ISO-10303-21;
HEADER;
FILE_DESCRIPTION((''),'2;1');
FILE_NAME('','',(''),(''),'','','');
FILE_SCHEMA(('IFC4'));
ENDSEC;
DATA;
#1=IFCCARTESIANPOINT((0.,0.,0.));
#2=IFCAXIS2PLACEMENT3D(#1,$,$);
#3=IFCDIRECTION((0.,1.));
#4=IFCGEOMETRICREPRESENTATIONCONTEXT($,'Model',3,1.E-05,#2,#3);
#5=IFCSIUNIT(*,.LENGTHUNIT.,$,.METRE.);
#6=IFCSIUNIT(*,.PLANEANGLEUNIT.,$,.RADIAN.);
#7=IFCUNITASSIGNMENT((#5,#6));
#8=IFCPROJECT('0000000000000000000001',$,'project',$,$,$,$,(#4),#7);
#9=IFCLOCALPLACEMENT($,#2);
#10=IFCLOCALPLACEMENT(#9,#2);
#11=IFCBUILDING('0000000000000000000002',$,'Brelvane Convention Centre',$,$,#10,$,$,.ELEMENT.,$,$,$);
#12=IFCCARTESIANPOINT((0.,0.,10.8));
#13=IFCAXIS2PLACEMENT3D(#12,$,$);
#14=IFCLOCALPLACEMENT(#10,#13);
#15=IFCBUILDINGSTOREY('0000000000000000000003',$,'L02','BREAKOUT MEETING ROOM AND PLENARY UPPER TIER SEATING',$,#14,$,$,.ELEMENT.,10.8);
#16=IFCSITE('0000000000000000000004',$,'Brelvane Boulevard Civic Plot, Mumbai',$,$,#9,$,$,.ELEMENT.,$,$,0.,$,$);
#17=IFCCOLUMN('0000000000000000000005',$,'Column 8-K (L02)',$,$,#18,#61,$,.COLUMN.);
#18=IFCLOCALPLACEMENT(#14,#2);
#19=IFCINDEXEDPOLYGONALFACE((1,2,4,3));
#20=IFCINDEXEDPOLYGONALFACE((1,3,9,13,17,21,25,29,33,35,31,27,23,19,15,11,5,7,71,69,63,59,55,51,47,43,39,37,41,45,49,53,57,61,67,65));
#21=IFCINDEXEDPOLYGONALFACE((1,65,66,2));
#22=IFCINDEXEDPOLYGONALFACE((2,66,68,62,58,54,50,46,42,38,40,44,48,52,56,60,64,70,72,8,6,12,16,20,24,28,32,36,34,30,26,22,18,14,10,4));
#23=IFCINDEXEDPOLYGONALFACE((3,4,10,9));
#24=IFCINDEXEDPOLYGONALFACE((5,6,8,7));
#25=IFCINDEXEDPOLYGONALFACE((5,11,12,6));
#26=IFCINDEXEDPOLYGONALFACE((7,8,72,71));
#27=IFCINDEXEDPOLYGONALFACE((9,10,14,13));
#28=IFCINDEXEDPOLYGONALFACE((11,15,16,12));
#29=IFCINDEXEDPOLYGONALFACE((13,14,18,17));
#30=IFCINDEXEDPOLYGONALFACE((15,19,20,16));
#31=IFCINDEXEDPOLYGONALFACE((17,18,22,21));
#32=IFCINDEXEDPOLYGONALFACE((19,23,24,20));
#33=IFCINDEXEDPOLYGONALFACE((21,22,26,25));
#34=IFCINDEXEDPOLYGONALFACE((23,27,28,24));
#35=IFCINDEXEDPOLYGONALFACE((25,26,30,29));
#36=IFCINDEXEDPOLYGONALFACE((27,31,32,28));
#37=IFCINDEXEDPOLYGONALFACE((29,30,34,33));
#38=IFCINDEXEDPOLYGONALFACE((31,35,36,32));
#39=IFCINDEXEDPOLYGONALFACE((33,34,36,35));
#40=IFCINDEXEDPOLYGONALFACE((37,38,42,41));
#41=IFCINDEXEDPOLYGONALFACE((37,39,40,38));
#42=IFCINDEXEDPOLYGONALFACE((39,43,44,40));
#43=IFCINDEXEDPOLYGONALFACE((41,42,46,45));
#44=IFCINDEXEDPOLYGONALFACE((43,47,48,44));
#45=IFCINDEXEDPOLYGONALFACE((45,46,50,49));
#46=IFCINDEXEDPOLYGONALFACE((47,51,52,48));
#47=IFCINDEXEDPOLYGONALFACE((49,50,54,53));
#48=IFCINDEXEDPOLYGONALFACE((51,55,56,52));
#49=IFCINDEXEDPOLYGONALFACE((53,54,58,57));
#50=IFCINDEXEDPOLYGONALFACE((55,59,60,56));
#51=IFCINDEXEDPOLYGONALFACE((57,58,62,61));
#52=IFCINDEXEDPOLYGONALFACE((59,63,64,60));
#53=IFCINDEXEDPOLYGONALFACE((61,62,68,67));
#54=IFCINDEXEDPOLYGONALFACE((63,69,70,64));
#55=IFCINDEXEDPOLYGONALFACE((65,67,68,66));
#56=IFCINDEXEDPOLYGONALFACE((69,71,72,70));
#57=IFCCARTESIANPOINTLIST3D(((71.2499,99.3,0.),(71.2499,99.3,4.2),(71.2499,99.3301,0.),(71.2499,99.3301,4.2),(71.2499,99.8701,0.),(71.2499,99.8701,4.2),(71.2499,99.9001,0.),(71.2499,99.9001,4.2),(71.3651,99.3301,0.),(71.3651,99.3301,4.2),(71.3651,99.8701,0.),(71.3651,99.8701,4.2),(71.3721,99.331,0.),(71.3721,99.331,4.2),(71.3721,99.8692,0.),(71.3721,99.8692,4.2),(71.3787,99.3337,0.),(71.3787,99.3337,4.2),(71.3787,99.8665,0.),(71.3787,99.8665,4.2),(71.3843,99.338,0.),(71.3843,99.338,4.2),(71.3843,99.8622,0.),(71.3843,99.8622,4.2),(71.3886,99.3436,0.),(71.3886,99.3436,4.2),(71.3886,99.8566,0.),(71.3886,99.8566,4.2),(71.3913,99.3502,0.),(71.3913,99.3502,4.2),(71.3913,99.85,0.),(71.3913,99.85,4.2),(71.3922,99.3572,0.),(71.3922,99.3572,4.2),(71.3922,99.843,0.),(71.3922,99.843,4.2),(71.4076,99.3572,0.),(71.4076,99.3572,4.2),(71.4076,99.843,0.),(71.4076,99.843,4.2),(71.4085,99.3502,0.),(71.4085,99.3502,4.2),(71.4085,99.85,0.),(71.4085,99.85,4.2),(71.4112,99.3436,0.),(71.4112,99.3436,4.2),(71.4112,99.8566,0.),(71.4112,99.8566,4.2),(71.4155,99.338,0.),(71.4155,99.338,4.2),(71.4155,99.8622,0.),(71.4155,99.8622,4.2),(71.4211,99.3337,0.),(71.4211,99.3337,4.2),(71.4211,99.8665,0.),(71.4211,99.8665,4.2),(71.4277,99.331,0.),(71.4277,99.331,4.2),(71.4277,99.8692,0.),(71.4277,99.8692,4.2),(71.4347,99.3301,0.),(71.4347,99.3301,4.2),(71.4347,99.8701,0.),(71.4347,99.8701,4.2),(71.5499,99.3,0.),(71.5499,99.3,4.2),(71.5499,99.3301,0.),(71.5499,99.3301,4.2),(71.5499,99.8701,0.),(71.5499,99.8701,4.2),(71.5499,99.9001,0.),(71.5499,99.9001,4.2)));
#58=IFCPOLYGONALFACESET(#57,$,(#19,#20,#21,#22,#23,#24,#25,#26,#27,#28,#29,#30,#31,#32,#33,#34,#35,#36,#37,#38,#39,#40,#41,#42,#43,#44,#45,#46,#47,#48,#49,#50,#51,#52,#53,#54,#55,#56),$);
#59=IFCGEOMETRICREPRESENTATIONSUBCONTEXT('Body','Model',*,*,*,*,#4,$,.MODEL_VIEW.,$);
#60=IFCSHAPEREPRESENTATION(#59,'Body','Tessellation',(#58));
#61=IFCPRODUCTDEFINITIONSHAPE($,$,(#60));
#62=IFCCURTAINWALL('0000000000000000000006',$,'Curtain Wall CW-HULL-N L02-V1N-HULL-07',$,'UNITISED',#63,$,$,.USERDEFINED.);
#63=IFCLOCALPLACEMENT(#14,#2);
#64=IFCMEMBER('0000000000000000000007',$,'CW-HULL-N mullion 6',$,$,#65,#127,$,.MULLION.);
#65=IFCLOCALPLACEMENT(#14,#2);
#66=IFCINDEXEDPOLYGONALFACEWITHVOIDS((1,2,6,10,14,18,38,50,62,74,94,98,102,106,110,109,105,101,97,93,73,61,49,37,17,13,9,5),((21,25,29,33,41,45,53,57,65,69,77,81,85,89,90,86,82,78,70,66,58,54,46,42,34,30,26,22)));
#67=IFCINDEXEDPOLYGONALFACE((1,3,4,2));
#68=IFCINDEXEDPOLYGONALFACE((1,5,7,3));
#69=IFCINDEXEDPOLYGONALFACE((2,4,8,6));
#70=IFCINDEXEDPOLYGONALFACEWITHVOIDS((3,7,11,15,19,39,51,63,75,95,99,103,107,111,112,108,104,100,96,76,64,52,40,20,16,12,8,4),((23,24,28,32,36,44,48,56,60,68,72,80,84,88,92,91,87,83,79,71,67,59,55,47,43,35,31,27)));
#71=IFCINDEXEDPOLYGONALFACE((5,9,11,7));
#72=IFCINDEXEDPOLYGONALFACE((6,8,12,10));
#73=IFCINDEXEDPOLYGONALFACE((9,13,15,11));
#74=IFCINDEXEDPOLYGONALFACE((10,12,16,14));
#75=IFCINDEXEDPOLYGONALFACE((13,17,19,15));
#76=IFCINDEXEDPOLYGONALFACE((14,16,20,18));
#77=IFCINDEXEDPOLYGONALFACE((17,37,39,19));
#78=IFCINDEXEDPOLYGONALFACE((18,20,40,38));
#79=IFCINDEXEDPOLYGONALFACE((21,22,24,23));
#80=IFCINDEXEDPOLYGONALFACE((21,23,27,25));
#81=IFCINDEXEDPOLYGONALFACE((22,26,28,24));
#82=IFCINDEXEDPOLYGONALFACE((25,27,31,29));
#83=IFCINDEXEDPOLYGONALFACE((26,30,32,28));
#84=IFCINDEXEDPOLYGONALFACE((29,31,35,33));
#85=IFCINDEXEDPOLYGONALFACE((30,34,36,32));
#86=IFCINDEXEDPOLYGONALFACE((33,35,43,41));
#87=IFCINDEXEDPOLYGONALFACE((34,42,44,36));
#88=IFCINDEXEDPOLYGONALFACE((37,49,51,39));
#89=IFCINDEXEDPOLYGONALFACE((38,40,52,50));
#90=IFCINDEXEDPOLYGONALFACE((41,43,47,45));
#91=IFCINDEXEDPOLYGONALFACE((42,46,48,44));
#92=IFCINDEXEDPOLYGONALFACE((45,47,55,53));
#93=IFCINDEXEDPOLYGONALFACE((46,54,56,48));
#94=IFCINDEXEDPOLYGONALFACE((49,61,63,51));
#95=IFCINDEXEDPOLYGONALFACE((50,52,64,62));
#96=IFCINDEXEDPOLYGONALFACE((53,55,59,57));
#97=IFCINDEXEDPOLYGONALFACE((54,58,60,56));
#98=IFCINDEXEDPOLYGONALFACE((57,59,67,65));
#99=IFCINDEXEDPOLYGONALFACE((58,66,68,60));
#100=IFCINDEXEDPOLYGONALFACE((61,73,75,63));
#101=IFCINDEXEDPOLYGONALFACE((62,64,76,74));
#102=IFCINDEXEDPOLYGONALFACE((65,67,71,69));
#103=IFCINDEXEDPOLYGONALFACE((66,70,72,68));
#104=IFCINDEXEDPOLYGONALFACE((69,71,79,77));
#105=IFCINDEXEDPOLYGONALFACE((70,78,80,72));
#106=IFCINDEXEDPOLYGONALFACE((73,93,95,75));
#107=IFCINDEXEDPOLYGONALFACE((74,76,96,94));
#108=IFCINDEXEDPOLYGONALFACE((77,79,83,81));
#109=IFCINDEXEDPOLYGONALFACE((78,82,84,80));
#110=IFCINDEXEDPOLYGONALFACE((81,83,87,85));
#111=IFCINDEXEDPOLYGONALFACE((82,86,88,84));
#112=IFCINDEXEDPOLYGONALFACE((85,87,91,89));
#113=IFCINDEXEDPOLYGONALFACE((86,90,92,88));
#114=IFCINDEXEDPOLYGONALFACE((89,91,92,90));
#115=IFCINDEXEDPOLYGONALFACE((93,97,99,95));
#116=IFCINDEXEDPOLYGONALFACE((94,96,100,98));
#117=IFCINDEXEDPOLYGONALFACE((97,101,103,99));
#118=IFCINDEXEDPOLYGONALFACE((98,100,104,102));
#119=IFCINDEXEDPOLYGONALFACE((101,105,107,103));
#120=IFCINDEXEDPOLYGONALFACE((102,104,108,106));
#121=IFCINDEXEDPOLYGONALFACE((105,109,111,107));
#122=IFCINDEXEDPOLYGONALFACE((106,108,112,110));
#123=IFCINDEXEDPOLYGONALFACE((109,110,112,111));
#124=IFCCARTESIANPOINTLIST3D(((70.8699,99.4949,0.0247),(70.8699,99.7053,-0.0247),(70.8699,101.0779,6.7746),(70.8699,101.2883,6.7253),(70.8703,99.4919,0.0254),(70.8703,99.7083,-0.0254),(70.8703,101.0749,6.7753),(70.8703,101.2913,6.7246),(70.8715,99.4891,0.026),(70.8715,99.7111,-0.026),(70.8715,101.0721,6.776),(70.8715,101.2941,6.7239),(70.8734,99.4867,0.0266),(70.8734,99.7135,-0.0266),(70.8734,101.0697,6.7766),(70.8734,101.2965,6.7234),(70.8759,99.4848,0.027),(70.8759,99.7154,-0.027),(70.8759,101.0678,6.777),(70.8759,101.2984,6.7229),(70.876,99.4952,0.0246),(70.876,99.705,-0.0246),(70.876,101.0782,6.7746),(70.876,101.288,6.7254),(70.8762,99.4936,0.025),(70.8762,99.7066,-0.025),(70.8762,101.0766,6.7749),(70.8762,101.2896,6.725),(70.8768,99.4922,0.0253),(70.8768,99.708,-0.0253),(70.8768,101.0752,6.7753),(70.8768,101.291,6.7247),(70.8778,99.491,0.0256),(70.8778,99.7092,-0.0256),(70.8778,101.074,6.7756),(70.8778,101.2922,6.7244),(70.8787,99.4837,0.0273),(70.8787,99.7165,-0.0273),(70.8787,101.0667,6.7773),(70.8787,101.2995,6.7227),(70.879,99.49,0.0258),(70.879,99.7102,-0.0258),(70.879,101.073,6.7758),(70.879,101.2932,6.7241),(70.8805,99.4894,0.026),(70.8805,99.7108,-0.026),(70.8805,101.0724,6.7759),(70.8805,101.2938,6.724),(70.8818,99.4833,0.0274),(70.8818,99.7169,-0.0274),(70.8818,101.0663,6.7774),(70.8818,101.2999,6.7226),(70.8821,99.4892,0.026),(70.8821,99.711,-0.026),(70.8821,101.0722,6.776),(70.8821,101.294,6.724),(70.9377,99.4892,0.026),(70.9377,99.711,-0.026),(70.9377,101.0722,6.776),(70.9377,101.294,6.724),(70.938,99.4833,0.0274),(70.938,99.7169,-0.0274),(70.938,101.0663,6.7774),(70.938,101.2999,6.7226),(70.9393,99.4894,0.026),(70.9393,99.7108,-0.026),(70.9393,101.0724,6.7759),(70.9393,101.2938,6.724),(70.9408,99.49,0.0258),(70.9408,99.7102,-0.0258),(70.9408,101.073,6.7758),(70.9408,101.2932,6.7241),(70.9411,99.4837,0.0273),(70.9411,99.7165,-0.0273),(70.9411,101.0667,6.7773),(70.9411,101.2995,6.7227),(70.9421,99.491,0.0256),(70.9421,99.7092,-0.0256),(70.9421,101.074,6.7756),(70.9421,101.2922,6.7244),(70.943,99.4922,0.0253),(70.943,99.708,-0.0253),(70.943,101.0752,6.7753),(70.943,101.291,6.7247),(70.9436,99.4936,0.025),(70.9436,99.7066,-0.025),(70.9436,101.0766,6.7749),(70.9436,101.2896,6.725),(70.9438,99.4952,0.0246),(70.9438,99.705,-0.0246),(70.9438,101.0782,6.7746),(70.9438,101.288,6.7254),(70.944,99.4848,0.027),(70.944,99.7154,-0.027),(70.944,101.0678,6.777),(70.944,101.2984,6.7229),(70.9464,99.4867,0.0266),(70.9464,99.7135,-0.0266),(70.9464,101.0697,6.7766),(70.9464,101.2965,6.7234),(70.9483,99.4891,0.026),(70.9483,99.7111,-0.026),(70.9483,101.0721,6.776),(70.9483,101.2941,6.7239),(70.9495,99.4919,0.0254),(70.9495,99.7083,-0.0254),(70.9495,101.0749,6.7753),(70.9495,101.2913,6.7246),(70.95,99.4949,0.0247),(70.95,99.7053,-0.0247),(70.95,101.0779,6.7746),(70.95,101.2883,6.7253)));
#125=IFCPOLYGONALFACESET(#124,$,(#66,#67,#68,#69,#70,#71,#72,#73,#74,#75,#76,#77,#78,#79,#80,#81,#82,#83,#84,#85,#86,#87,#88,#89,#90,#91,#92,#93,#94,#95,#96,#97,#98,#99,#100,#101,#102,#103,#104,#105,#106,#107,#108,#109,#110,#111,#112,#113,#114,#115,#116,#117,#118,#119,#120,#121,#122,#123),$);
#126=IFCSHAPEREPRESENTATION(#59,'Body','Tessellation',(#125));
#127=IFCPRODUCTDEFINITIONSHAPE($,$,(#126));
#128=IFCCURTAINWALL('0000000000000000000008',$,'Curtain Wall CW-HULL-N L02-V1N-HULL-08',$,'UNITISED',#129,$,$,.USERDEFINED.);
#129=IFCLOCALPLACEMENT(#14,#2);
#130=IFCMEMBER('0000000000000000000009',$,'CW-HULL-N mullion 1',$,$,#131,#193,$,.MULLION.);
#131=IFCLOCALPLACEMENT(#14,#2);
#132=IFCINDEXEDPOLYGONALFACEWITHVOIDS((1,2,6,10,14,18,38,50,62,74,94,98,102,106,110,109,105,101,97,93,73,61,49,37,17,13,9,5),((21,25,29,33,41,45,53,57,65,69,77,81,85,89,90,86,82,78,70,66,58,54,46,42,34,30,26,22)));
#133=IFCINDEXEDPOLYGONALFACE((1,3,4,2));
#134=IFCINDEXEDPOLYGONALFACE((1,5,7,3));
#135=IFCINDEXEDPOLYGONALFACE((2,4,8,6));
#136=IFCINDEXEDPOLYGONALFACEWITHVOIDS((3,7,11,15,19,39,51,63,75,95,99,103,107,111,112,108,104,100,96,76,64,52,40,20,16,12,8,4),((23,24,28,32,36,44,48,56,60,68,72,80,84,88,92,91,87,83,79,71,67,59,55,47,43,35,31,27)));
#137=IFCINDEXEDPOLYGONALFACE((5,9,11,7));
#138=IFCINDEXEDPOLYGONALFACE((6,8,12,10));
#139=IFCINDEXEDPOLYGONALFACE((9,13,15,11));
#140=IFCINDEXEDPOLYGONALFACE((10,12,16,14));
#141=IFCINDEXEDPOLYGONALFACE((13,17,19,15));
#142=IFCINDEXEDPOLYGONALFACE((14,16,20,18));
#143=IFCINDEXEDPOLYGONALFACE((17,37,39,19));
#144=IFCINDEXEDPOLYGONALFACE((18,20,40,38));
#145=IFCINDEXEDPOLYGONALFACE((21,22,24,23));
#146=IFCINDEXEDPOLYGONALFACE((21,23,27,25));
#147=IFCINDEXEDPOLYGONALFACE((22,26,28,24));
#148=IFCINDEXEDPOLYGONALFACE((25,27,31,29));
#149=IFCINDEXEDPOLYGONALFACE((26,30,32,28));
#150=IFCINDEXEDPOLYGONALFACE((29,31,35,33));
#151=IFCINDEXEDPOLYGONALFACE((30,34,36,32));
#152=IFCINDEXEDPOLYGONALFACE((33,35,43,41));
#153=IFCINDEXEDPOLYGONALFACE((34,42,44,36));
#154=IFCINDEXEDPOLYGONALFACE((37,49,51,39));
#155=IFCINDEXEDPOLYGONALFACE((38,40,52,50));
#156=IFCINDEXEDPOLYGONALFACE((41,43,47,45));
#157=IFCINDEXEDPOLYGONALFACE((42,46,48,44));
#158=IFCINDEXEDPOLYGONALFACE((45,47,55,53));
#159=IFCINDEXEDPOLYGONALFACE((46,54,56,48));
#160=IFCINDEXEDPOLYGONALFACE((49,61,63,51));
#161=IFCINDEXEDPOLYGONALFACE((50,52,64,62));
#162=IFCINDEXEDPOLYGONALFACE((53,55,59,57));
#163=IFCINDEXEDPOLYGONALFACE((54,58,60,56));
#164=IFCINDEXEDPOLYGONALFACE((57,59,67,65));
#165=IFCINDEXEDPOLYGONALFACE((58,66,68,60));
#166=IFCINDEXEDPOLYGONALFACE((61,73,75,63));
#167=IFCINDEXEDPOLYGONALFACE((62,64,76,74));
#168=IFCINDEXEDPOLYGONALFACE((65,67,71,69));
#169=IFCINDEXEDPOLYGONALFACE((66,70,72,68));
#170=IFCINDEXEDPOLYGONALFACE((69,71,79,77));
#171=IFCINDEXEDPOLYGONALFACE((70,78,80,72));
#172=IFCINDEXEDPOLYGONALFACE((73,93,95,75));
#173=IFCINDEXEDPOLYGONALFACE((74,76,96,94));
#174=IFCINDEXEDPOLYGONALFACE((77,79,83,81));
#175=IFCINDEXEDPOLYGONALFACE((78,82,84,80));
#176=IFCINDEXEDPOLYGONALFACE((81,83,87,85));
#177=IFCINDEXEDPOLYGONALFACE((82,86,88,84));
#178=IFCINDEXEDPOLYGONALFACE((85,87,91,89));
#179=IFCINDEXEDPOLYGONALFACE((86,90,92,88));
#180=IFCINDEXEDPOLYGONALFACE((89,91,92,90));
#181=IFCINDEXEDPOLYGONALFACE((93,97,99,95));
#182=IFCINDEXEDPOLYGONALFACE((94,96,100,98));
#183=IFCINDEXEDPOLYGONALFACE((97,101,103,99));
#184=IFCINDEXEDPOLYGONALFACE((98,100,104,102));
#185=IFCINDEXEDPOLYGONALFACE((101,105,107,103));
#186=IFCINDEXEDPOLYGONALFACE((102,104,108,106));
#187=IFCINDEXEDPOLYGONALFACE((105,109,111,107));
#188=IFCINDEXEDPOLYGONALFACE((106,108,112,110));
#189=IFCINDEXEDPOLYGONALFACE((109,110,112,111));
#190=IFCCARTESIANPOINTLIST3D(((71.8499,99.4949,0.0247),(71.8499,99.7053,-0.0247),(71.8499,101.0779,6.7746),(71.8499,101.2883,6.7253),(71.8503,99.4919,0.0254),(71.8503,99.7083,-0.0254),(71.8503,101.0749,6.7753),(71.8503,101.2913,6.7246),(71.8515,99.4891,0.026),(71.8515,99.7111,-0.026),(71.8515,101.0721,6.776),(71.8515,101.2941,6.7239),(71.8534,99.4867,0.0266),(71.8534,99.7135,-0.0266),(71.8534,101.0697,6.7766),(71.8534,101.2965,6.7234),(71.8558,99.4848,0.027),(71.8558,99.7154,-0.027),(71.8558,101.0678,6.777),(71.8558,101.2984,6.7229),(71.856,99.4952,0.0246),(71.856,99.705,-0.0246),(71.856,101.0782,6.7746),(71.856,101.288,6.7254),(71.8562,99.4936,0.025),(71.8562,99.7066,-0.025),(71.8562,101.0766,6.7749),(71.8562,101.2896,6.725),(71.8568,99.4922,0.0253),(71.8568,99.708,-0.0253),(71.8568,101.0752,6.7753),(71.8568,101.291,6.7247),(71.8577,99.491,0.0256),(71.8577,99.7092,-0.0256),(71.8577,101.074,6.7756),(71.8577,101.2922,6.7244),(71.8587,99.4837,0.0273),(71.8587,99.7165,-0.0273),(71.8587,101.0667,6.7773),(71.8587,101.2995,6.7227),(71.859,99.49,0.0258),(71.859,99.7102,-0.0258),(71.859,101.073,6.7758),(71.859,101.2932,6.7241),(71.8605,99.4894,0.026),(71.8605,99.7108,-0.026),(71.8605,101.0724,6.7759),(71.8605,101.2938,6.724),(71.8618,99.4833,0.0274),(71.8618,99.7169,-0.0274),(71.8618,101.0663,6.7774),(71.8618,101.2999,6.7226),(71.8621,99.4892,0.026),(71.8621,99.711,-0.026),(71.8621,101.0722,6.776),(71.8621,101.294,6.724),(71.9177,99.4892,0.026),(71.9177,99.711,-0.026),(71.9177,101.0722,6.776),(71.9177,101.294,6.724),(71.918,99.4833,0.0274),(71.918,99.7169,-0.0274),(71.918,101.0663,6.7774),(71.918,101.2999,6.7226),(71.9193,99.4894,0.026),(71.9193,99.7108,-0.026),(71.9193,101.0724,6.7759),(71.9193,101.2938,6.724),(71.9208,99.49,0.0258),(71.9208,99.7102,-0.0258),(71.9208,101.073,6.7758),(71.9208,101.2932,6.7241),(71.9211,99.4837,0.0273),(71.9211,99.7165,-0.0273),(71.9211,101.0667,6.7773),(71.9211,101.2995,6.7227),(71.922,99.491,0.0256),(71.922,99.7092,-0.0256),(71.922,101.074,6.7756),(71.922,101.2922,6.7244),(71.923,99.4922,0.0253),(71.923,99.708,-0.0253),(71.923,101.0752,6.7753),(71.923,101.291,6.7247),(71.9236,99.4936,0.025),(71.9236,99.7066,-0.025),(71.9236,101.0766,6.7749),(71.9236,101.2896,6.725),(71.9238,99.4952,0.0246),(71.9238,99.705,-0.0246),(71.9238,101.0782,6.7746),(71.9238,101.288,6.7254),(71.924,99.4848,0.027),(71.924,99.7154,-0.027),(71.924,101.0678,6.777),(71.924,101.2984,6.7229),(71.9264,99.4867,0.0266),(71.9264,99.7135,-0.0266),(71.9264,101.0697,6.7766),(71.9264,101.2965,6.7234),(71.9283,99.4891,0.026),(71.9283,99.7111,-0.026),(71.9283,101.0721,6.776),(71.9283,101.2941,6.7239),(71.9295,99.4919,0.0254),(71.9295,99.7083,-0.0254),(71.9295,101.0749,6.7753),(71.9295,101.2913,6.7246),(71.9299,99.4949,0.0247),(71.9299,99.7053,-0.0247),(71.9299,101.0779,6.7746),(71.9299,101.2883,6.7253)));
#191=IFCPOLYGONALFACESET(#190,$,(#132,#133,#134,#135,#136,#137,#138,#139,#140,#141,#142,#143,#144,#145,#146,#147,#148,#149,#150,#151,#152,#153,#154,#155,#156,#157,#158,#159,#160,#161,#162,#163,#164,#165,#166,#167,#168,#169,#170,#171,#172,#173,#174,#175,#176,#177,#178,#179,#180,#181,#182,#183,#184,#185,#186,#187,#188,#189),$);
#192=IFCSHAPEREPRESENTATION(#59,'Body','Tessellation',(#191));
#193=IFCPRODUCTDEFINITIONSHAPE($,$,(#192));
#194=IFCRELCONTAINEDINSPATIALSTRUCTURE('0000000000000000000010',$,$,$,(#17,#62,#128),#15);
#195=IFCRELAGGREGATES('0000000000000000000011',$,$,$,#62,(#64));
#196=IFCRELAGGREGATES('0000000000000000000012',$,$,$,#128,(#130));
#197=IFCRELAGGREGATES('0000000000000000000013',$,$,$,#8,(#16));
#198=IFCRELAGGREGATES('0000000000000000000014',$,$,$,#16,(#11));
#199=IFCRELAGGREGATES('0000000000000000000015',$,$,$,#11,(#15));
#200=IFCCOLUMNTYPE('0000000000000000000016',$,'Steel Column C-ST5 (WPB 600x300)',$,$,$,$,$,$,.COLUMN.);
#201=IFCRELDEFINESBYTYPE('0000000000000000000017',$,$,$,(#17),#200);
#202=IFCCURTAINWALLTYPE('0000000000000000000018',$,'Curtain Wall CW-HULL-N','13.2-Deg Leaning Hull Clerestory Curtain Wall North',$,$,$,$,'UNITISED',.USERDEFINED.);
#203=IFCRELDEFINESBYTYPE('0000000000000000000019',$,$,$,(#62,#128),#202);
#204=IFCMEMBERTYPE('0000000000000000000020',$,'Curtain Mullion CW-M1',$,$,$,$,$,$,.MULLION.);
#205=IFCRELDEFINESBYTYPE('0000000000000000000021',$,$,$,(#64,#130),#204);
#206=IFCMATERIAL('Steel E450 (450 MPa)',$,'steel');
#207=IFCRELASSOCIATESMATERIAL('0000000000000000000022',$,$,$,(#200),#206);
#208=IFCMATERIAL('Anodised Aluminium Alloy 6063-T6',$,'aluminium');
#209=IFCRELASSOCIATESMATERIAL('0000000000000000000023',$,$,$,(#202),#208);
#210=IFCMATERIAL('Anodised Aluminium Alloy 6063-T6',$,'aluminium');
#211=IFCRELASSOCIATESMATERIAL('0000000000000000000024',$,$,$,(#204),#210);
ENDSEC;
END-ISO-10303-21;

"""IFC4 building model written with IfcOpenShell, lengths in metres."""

from ifc_helpers import new_model, si_unit, direction, frame, origin, origin_2d, place, context, subcontext, project, spatial, hollow_rectangle, i_section, extrude, material, material_profile, profile_set, type_object, element, aggregate, save


model = new_model("IFC4")

# Units and contexts
model_context = context("Model", 3, precision=1e-05, world=origin(), true_north=direction((0.0, 1.0)))
body_context = subcontext(model_context, "Body", "Model", "MODEL_VIEW")
ifc_project = project(units=[si_unit("LENGTHUNIT", "METRE"), si_unit("PLANEANGLEUNIT", "RADIAN")], contexts=[model_context])

# Site, building, storey
site_placement = place(None, origin())
site = spatial("IfcSite", under=ifc_project, at=site_placement, Name="Brelvane Boulevard Civic Plot, Mumbai", CompositionType="ELEMENT", RefElevation=0.0)
building_placement = place(site_placement, origin())
building = spatial("IfcBuilding", under=site, at=building_placement, Name="Brelvane Convention Centre", CompositionType="ELEMENT")
storey_placement = place(building_placement, frame((0.0, 0.0, 10.8)))
storey = spatial("IfcBuildingStorey", under=building, at=storey_placement, Name="L02", Description="BREAKOUT MEETING ROOM AND PLENARY UPPER TIER SEATING", CompositionType="ELEMENT", Elevation=10.8)

# Column
ifc_material_1 = material(Name="Steel E450 (450 MPa)", Category="steel")
ifc_material_profile_1 = material_profile(ifc_material_1, i_section(OverallWidth=0.3, OverallDepth=0.6001, WebThickness=0.0154, FlangeThickness=0.03, FilletRadius=0.0271, at=origin_2d()), Name="WPB 600x300")
ifc_profile_set_1 = profile_set([ifc_material_profile_1], Name="Steel E450 (450 MPa)")
column_type = type_object("IfcColumnType", Name="Steel Column C-ST5 (WPB 600x300)", PredefinedType="COLUMN", material=ifc_profile_set_1)
column_placement = place(storey_placement, frame((71.3999, 99.6001, 0.0), z_axis=(0.0, 0.0, 1.0), x_axis=(1.0, 0.0, 0.0)))
element("IfcColumn", 1, at=column_placement, inside=storey, type_object=column_type, Name="Column 8-K (L02)", PredefinedType="COLUMN", context=body_context, shape_type="SweptSolid", body=[
    extrude(i_section(OverallWidth=0.3, OverallDepth=0.6001, WebThickness=0.0154, FlangeThickness=0.03, FilletRadius=0.0271, at=origin_2d()), origin(), (0.0, 0.0, 1.0), 4.2),
])

# Curtain wall, member
ifc_material_2 = material(Name="Anodised Aluminium Alloy 6063-T6", Category="aluminium")
curtain_wall_type = type_object("IfcCurtainWallType", Name="Curtain Wall CW-HULL-N", Description="13.2-Deg Leaning Hull Clerestory Curtain Wall North", ElementType="UNITISED", PredefinedType="USERDEFINED", material=ifc_material_2)
curtain_wall_1_placement = place(storey_placement, origin())
curtain_wall_1 = element("IfcCurtainWall", 2, at=curtain_wall_1_placement, inside=storey, type_object=curtain_wall_type, Name="Curtain Wall CW-HULL-N L02-V1N-HULL-07", ObjectType="UNITISED", PredefinedType="USERDEFINED")
ifc_material_3 = material(Name="Anodised Aluminium Alloy 6063-T6", Category="aluminium")
ifc_material_profile_2 = material_profile(ifc_material_3, hollow_rectangle(XDim=0.0801, YDim=0.24, WallThickness=0.0061, InnerFilletRadius=0.0061, OuterFilletRadius=0.012, at=origin_2d()), Name="ALU-M 240x80x6.0")
ifc_profile_set_2 = profile_set([ifc_material_profile_2], Name="Anodised Aluminium Alloy 6063-T6")
member_type_1 = type_object("IfcMemberType", Name="Curtain Mullion CW-M1", PredefinedType="MULLION", material=ifc_profile_set_2)
member_1_placement = place(storey_placement, frame((70.9099, 99.6001, 0.0), z_axis=(0.0, 0.228325, 0.973585), x_axis=(-1.0, 0.0, 0.0)))
member_1 = element("IfcMember", 3, at=member_1_placement, type_object=member_type_1, Name="CW-HULL-N mullion 6", PredefinedType="MULLION", context=body_context, shape_type="SweptSolid", body=[
    extrude(hollow_rectangle(XDim=0.0801, YDim=0.24, WallThickness=0.0061, InnerFilletRadius=0.0061, OuterFilletRadius=0.012, at=origin_2d()), origin(), (0.0, 0.0, 1.0), 6.9331),
])

# Curtain wall, member
curtain_wall_2_placement = place(storey_placement, origin())
curtain_wall_2 = element("IfcCurtainWall", 4, at=curtain_wall_2_placement, inside=storey, type_object=curtain_wall_type, Name="Curtain Wall CW-HULL-N L02-V1N-HULL-08", ObjectType="UNITISED", PredefinedType="USERDEFINED")
member_2_placement = place(storey_placement, frame((71.8899, 99.6001, 0.0), z_axis=(0.0, 0.228325, 0.973585), x_axis=(-1.0, 0.0, 0.0)))
member_2 = element("IfcMember", 5, at=member_2_placement, type_object=member_type_1, Name="CW-HULL-N mullion 1", PredefinedType="MULLION", context=body_context, shape_type="SweptSolid", body=[
    extrude(hollow_rectangle(XDim=0.0801, YDim=0.24, WallThickness=0.0061, InnerFilletRadius=0.0061, OuterFilletRadius=0.012, at=origin_2d()), origin(), (0.0, 0.0, 1.0), 6.9331),
])

aggregate(curtain_wall_1, [member_1])
aggregate(curtain_wall_2, [member_2])

save(model, "model.ifc")
